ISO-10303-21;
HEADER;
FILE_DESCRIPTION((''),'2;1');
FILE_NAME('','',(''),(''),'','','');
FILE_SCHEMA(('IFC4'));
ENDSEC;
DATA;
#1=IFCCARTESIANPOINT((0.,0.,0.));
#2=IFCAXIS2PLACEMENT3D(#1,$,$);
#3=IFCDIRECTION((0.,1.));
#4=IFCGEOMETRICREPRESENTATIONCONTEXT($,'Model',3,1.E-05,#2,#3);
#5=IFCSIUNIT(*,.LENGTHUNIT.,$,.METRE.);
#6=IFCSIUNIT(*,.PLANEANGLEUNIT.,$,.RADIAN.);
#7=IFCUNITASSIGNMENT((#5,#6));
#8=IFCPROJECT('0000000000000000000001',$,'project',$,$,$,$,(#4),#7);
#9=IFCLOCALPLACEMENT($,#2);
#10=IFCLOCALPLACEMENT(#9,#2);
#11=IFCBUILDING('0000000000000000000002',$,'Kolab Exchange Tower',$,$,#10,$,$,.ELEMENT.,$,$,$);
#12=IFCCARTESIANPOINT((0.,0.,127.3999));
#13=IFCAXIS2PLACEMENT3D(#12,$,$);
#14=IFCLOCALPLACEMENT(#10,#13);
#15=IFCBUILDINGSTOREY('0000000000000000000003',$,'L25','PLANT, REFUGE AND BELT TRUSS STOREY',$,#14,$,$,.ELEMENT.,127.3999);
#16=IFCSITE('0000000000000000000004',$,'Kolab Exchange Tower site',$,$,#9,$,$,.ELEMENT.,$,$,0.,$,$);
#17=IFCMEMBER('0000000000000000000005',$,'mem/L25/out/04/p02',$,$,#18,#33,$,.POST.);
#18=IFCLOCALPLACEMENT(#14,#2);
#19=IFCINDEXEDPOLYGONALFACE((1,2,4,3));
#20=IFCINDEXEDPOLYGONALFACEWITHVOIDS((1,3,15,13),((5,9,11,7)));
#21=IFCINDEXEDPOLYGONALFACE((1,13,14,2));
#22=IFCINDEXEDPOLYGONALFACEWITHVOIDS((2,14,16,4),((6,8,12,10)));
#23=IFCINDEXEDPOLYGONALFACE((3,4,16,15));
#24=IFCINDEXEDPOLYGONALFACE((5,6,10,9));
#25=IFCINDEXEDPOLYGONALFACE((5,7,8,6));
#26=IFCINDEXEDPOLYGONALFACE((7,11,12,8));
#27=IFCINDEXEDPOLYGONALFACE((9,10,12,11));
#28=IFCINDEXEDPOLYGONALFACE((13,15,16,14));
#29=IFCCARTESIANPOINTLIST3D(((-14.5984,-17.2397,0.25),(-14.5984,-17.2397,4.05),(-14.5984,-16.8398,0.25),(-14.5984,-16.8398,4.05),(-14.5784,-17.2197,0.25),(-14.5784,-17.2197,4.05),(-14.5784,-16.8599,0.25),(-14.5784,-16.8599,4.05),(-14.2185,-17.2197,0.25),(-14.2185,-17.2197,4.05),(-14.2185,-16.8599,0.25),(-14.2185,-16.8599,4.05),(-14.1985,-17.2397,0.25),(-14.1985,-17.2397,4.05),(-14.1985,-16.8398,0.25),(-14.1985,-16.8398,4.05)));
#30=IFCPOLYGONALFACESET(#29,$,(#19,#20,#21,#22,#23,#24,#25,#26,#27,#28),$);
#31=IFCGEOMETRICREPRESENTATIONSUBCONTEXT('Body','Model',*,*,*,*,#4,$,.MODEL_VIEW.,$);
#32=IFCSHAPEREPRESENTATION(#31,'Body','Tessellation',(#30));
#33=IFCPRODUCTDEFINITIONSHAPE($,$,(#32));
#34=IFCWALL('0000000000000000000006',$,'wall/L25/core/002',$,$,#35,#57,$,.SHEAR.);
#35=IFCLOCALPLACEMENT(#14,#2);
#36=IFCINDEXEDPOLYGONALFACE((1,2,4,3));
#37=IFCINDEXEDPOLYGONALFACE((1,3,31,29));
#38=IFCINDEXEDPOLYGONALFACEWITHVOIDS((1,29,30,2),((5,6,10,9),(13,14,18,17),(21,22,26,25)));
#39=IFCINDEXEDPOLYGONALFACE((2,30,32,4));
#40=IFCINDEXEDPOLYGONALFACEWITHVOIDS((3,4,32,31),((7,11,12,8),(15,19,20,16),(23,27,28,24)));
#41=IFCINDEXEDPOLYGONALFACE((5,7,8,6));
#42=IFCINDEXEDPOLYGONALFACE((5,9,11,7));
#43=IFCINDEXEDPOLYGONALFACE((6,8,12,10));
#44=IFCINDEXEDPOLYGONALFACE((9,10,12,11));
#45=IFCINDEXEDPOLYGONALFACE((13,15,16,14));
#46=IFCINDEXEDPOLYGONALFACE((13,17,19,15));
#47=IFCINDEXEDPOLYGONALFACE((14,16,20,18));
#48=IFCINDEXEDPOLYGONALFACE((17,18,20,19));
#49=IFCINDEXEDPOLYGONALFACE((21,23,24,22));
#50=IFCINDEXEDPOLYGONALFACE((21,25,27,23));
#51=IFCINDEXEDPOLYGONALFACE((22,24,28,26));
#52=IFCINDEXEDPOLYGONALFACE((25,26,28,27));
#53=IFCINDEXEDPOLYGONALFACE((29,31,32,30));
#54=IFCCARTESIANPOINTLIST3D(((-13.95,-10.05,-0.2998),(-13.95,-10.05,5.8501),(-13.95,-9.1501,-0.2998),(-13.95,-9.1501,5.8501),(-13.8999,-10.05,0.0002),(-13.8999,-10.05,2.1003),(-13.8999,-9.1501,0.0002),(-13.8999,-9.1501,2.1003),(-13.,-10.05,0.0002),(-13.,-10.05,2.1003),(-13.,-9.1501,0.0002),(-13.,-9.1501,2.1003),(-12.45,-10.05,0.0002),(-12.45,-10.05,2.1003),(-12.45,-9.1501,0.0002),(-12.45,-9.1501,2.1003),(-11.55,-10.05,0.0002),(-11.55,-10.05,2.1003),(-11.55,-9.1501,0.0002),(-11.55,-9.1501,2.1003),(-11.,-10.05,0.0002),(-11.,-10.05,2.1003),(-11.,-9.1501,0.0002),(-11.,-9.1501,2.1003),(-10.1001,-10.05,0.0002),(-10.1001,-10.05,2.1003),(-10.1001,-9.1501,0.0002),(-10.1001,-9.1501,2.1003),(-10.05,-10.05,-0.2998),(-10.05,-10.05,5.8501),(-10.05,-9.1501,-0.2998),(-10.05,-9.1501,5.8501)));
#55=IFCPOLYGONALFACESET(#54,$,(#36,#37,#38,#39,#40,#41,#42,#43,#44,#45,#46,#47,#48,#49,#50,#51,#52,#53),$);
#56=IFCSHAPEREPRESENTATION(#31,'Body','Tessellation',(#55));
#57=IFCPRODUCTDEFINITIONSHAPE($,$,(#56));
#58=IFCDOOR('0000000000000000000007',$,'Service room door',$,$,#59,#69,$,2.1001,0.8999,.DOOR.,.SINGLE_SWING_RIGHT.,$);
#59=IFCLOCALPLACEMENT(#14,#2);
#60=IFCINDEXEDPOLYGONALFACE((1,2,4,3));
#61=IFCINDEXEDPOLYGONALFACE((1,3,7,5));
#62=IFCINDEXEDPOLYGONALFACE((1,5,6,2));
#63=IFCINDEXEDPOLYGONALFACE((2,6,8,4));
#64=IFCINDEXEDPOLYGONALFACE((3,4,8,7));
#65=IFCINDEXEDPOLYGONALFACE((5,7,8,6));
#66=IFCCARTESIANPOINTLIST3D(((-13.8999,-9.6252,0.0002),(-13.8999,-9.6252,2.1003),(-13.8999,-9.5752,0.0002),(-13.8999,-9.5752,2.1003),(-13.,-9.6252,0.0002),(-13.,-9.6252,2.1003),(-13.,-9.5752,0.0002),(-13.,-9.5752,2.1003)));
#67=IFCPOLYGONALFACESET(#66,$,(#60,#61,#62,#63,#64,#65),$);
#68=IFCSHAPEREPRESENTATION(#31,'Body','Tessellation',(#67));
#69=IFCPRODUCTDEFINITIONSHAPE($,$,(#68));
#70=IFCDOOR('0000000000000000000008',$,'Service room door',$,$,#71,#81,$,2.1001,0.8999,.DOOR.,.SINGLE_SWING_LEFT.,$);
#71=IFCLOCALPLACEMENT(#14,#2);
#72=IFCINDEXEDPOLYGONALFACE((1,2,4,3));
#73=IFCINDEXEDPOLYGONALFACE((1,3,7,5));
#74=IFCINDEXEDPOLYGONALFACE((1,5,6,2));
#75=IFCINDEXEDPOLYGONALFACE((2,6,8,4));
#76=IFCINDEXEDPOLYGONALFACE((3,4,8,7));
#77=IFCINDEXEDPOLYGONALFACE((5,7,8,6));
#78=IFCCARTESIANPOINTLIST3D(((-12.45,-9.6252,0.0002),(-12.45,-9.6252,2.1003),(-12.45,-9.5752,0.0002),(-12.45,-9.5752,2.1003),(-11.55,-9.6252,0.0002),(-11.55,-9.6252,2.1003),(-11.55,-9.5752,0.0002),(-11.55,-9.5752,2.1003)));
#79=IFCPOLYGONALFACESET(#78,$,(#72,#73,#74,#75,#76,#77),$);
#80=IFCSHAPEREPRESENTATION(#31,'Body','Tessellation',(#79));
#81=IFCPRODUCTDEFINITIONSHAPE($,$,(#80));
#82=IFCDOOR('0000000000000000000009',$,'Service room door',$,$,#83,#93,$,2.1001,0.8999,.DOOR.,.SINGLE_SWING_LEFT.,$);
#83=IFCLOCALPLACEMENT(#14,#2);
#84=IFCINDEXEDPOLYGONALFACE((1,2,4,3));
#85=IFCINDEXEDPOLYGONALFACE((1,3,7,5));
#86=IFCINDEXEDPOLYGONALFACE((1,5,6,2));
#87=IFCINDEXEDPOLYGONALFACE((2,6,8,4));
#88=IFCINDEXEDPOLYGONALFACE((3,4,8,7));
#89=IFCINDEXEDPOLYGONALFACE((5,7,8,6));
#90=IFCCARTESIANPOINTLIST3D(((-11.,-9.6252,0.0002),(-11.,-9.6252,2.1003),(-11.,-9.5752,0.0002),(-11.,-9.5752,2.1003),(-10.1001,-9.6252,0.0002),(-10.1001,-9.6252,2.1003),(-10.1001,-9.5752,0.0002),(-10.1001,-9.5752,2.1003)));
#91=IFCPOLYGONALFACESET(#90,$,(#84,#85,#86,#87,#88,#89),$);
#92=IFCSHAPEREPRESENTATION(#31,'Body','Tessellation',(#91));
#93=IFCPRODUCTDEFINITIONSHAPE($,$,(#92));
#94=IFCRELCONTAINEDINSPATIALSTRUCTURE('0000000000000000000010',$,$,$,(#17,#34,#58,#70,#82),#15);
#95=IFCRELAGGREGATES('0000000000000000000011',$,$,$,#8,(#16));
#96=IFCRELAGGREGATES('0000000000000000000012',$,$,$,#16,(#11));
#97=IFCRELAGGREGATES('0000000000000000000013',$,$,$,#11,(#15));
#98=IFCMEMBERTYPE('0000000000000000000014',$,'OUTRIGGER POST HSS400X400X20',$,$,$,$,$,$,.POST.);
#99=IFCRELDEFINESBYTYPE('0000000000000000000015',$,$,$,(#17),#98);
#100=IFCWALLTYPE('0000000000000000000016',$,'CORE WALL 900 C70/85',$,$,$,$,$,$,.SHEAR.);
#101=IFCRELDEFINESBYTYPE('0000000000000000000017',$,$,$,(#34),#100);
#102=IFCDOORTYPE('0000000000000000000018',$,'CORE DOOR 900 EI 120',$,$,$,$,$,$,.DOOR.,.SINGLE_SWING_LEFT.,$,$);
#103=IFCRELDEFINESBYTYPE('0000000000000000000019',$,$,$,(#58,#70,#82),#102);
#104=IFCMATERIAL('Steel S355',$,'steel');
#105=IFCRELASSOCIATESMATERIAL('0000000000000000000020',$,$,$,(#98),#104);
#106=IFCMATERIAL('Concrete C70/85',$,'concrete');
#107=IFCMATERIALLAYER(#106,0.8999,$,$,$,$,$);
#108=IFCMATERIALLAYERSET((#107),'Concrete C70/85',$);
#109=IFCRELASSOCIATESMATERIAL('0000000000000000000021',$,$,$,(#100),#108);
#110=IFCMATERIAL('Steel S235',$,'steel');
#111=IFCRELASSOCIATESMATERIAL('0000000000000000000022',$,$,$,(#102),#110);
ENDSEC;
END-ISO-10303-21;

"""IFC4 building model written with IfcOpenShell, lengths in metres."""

from ifc_helpers import new_model, si_unit, direction, frame, frame_2d, origin, origin_2d, place, context, subcontext, project, spatial, rectangle, hollow_rectangle, extrude, material, layer, layer_set, material_profile, profile_set, type_object, element, fill, save


model = new_model("IFC4")

# Units and contexts
model_context = context("Model", 3, precision=1e-05, world=origin(), true_north=direction((0.0, 1.0)))
body_context = subcontext(model_context, "Body", "Model", "MODEL_VIEW")
ifc_project = project(units=[si_unit("LENGTHUNIT", "METRE"), si_unit("PLANEANGLEUNIT", "RADIAN")], contexts=[model_context])

# Site, building, storey
site_placement = place(None, origin())
site = spatial("IfcSite", under=ifc_project, at=site_placement, Name="Kolab Exchange Tower site", CompositionType="ELEMENT", RefElevation=0.0)
building_placement = place(site_placement, origin())
building = spatial("IfcBuilding", under=site, at=building_placement, Name="Kolab Exchange Tower", CompositionType="ELEMENT")
storey_placement = place(building_placement, frame((0.0, 0.0, 127.3999)))
storey = spatial("IfcBuildingStorey", under=building, at=storey_placement, Name="L25", Description="PLANT, REFUGE AND BELT TRUSS STOREY", CompositionType="ELEMENT", Elevation=127.3999)

# Shared definitions
ifc_material_1 = material(Name="Steel S355", Category="steel")

# Member
ifc_material_profile_1 = material_profile(ifc_material_1, hollow_rectangle(XDim=0.3999, YDim=0.3999, WallThickness=0.02, at=origin_2d()), Name="HSS400X400X20")
ifc_profile_set_1 = profile_set([ifc_material_profile_1], Name="Steel S355")
member_type_1 = type_object("IfcMemberType", Name="OUTRIGGER POST HSS400X400X20", PredefinedType="POST", material=ifc_profile_set_1)
for number, where, z_axis, x_axis, name in (
    (1, (-14.3984, -17.0398, 0.25), (0.0, 0.0, 1.0), (1.0, 0.0, 0.0), "mem/L25/out/04/p02"),
):
    element("IfcMember", number, at=place(storey_placement, frame(where, z_axis=z_axis, x_axis=x_axis)), inside=storey, type_object=member_type_1, Name=name, PredefinedType="POST", context=body_context, shape_type="SweptSolid", body=[
        extrude(hollow_rectangle(XDim=0.3999, YDim=0.3999, WallThickness=0.02, at=origin_2d()), origin(), (0.0, 0.0, 1.0), 3.8),
    ])

# Wall, openings, doors
ifc_material_2 = material(Name="Concrete C70/85", Category="concrete")
ifc_layer_1 = layer(ifc_material_2, 0.8999)
ifc_layer_set_1 = layer_set([ifc_layer_1], Name="Concrete C70/85")
wall_type_1 = type_object("IfcWallType", Name="CORE WALL 900 C70/85", PredefinedType="SHEAR", material=ifc_layer_set_1)
wall_1_placement = place(storey_placement, frame((-13.95, -9.6001, -0.2998), z_axis=(0.0, 0.0, 1.0), x_axis=(1.0, 0.0, 0.0)))
wall_1 = element("IfcWall", 2, at=wall_1_placement, inside=storey, type_object=wall_type_1, Name="wall/L25/core/002", PredefinedType="SHEAR", context=body_context, shape_type="SweptSolid", body=[
    extrude(rectangle(XDim=3.8999, YDim=0.8999, at=frame_2d((1.95, 0.0))), origin(), (0.0, 0.0, 1.0), 6.1499),
])
opening_1_placement = place(wall_1_placement, frame((0.05, 0.0, 0.3)))
opening_1 = element("IfcOpeningElement", 3, at=opening_1_placement, cuts=wall_1, PredefinedType="OPENING", context=body_context, shape_type="SweptSolid", body=[
    extrude(rectangle(XDim=0.8999, YDim=2.1001, at=frame_2d((0.45, 1.05))), frame((0.0, 0.46, 0.0), z_axis=(0.0, -1.0, 0.0), x_axis=(1.0, 0.0, 0.0)), (0.0, 0.0, 1.0), 0.9199),
])
opening_2_placement = place(wall_1_placement, frame((1.5, 0.0, 0.3)))
opening_2 = element("IfcOpeningElement", 4, at=opening_2_placement, cuts=wall_1, PredefinedType="OPENING", context=body_context, shape_type="SweptSolid", body=[
    extrude(rectangle(XDim=0.8999, YDim=2.1001, at=frame_2d((0.45, 1.05))), frame((0.0, 0.46, 0.0), z_axis=(0.0, -1.0, 0.0), x_axis=(1.0, 0.0, 0.0)), (0.0, 0.0, 1.0), 0.9199),
])
opening_3_placement = place(wall_1_placement, frame((2.95, 0.0, 0.3)))
opening_3 = element("IfcOpeningElement", 5, at=opening_3_placement, cuts=wall_1, PredefinedType="OPENING", context=body_context, shape_type="SweptSolid", body=[
    extrude(rectangle(XDim=0.8999, YDim=2.1001, at=frame_2d((0.45, 1.05))), frame((0.0, 0.46, 0.0), z_axis=(0.0, -1.0, 0.0), x_axis=(1.0, 0.0, 0.0)), (0.0, 0.0, 1.0), 0.9199),
])
ifc_material_3 = material(Name="Steel S235", Category="steel")
door_type_1 = type_object("IfcDoorType", Name="CORE DOOR 900 EI 120", OperationType="SINGLE_SWING_LEFT", PredefinedType="DOOR", material=ifc_material_3)
door_1_placement = place(opening_1_placement, origin())
door_1 = element("IfcDoor", 6, at=door_1_placement, inside=storey, type_object=door_type_1, Name="Service room door", OperationType="SINGLE_SWING_RIGHT", OverallHeight=2.1001, OverallWidth=0.8999, PredefinedType="DOOR", context=body_context, shape_type="SweptSolid", body=[
    extrude(rectangle(XDim=0.8999, YDim=2.1001, at=frame_2d((0.45, 1.05))), frame((0.0, 0.0249, 0.0), z_axis=(0.0, -1.0, 0.0), x_axis=(1.0, 0.0, 0.0)), (0.0, 0.0, 1.0), 0.05),
])
fill(opening_1, door_1)
door_2_placement = place(opening_2_placement, origin())
door_2 = element("IfcDoor", 7, at=door_2_placement, inside=storey, type_object=door_type_1, Name="Service room door", OperationType="SINGLE_SWING_LEFT", OverallHeight=2.1001, OverallWidth=0.8999, PredefinedType="DOOR", context=body_context, shape_type="SweptSolid", body=[
    extrude(rectangle(XDim=0.8999, YDim=2.1001, at=frame_2d((0.45, 1.05))), frame((0.0, 0.0249, 0.0), z_axis=(0.0, -1.0, 0.0), x_axis=(1.0, 0.0, 0.0)), (0.0, 0.0, 1.0), 0.05),
])
fill(opening_2, door_2)
door_3_placement = place(opening_3_placement, origin())
door_3 = element("IfcDoor", 8, at=door_3_placement, inside=storey, type_object=door_type_1, Name="Service room door", OperationType="SINGLE_SWING_LEFT", OverallHeight=2.1001, OverallWidth=0.8999, PredefinedType="DOOR", context=body_context, shape_type="SweptSolid", body=[
    extrude(rectangle(XDim=0.8999, YDim=2.1001, at=frame_2d((0.45, 1.05))), frame((0.0, 0.0249, 0.0), z_axis=(0.0, -1.0, 0.0), x_axis=(1.0, 0.0, 0.0)), (0.0, 0.0, 1.0), 0.05),
])
fill(opening_3, door_3)

save(model, "model.ifc")
